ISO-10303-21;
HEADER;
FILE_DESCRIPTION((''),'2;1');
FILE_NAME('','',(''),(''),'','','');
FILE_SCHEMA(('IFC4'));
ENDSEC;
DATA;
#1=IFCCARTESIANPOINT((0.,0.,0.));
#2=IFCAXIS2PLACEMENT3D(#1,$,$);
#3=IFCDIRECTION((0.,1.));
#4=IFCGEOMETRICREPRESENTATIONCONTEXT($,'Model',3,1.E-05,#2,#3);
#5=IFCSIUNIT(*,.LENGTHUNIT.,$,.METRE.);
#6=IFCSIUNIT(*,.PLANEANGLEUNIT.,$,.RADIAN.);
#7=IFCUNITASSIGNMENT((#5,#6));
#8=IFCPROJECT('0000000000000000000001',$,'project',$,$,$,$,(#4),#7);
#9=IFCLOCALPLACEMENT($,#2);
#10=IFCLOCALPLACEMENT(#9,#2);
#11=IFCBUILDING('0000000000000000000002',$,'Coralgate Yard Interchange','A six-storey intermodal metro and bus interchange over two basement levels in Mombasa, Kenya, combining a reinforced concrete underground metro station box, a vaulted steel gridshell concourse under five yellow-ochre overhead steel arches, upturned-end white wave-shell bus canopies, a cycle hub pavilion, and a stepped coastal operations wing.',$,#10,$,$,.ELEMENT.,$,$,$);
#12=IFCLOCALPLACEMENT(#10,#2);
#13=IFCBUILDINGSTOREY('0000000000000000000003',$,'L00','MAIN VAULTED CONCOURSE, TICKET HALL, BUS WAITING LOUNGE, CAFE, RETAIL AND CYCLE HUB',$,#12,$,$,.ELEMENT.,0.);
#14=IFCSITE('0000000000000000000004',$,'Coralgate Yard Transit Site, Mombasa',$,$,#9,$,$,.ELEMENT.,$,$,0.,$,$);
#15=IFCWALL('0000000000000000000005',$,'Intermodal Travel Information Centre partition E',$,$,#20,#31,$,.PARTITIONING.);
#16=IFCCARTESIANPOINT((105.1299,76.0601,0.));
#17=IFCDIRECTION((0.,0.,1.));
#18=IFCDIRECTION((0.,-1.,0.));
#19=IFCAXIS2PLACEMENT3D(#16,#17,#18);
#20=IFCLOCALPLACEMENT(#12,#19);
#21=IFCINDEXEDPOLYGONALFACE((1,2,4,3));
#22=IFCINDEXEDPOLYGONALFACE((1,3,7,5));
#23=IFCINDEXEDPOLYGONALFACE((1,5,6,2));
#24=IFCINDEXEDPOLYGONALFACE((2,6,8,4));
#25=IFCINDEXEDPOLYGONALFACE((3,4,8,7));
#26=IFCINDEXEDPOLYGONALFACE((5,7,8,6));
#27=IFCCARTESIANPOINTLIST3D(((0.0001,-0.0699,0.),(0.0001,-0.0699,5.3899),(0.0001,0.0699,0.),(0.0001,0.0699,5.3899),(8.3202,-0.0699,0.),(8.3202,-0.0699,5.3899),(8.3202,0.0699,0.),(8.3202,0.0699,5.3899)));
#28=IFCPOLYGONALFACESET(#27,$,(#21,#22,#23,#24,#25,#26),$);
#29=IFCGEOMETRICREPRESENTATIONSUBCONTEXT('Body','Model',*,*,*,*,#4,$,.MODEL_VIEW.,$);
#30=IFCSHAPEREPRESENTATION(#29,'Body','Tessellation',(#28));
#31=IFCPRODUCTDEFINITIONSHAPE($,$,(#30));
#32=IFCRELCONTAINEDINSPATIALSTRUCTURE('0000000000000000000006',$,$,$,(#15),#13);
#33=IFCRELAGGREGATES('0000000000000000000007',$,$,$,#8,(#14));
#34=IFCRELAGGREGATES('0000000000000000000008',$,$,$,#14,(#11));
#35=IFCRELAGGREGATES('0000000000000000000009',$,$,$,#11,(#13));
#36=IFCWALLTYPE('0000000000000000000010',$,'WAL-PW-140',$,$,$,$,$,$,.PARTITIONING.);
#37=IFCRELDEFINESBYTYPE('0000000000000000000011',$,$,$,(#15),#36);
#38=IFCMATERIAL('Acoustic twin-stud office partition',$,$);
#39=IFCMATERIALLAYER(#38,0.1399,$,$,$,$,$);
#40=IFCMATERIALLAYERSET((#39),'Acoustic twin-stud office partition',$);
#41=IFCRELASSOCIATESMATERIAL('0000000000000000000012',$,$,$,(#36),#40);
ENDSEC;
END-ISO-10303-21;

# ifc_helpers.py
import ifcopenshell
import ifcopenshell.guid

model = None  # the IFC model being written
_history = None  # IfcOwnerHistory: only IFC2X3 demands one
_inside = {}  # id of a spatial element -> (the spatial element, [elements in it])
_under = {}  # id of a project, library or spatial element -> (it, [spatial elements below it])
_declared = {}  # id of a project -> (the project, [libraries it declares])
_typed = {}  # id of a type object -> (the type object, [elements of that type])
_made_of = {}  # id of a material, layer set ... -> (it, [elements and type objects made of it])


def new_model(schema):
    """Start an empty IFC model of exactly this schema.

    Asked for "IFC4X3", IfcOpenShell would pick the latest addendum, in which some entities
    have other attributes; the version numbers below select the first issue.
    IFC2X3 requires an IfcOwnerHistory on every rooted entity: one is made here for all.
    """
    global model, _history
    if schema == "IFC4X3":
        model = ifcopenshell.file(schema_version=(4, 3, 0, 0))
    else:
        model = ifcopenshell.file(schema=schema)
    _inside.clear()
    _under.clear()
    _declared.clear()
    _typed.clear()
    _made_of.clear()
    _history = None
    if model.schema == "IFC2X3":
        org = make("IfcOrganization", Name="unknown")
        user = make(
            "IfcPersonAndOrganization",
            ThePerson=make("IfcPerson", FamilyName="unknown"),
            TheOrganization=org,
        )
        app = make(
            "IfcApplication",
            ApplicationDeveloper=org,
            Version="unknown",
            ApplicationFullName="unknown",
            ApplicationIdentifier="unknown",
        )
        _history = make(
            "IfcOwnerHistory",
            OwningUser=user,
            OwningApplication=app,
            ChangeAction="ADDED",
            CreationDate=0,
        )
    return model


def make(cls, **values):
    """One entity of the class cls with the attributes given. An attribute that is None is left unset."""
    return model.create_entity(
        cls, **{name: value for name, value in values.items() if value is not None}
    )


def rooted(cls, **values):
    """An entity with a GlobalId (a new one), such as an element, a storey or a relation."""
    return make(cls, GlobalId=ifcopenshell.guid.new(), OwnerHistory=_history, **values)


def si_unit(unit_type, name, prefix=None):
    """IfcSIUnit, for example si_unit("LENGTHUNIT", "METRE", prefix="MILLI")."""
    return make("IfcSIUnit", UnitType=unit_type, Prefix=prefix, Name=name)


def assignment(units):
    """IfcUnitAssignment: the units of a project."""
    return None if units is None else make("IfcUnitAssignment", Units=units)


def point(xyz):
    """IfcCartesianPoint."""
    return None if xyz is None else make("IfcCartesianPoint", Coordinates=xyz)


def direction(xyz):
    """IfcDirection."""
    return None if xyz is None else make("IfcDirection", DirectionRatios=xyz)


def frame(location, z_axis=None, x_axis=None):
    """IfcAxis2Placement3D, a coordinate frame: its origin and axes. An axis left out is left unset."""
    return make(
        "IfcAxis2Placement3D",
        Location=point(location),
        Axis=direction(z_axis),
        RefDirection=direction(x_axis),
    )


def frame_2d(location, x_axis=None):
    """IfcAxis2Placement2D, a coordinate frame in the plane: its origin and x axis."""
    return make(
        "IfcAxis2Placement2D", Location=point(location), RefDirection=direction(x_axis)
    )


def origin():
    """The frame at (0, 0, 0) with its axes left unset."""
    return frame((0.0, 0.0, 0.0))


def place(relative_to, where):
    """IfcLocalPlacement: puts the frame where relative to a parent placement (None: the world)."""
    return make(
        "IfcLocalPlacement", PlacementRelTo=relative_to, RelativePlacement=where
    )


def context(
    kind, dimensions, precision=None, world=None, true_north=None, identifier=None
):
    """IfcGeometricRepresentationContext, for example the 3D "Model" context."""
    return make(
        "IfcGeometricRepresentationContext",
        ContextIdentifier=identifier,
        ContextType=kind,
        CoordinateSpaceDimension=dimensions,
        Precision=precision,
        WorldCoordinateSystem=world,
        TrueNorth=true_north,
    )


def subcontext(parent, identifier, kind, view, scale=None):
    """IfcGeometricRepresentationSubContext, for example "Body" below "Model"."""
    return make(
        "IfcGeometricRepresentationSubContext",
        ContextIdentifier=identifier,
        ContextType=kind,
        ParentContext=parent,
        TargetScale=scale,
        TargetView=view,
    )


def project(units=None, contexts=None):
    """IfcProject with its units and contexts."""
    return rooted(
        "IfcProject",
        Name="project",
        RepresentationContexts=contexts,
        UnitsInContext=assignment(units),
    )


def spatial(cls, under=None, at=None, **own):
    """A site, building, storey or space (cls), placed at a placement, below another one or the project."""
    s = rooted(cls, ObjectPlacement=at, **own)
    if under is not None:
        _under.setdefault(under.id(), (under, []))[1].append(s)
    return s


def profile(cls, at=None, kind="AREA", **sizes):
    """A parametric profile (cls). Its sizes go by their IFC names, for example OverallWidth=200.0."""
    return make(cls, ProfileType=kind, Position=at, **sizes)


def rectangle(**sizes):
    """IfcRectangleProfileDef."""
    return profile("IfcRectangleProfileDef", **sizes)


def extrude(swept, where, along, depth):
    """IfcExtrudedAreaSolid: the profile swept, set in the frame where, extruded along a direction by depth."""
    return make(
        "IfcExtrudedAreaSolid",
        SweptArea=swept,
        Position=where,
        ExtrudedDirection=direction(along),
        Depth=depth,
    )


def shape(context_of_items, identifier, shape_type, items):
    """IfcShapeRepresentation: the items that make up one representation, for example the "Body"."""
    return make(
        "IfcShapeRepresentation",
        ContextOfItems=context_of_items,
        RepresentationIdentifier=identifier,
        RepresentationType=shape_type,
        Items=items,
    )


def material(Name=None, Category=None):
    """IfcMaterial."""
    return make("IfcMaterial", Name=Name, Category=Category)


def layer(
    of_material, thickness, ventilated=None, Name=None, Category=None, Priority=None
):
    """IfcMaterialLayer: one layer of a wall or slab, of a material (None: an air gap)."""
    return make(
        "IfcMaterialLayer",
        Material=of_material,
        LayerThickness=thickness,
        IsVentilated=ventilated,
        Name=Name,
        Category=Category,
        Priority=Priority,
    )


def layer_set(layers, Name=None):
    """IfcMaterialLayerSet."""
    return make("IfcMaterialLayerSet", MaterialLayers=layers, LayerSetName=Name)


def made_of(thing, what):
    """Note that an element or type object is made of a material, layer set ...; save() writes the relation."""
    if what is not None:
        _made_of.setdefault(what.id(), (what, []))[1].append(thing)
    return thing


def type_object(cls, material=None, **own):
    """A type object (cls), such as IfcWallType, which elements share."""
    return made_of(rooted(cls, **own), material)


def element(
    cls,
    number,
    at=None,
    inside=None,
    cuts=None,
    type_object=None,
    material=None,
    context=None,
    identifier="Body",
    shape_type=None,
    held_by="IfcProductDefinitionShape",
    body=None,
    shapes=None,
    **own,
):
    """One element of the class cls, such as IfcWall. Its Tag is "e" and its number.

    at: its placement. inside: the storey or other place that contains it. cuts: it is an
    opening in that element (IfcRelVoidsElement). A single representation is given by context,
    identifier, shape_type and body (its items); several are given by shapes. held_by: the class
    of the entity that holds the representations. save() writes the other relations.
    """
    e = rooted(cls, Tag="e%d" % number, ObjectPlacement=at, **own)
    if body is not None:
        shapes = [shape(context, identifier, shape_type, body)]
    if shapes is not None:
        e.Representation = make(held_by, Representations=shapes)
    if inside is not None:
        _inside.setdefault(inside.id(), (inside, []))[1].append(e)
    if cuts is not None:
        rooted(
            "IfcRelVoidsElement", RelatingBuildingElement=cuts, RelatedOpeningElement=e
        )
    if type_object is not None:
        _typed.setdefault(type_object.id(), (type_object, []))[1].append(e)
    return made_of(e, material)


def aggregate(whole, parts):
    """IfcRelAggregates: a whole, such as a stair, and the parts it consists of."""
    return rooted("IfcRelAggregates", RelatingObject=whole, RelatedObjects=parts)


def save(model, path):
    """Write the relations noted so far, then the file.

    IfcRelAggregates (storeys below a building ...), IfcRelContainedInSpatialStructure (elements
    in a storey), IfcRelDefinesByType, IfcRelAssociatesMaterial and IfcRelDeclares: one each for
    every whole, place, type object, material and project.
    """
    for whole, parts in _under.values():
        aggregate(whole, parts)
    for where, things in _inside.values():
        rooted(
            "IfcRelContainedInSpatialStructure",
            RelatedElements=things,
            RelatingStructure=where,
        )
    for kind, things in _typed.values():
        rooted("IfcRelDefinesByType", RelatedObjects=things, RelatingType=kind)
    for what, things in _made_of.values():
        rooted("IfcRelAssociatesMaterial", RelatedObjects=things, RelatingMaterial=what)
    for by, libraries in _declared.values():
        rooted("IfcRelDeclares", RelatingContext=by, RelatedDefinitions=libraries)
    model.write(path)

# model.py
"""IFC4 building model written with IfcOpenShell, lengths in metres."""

from ifc_helpers import new_model, si_unit, direction, frame, frame_2d, origin, place, context, subcontext, project, spatial, rectangle, extrude, material, layer, layer_set, type_object, element, save


model = new_model("IFC4")

# Units and contexts
model_context = context("Model", 3, precision=1e-05, world=origin(), true_north=direction((0.0, 1.0)))
body_context = subcontext(model_context, "Body", "Model", "MODEL_VIEW")
ifc_project = project(units=[si_unit("LENGTHUNIT", "METRE"), si_unit("PLANEANGLEUNIT", "RADIAN")], contexts=[model_context])

# Site, building, storey
site_placement = place(None, origin())
site = spatial("IfcSite", under=ifc_project, at=site_placement, Name="Coralgate Yard Transit Site, Mombasa", CompositionType="ELEMENT", RefElevation=0.0)
building_placement = place(site_placement, origin())
building = spatial("IfcBuilding", under=site, at=building_placement, Name="Coralgate Yard Interchange", Description="A six-storey intermodal metro and bus interchange over two basement levels in Mombasa, Kenya, combining a reinforced concrete underground metro station box, a vaulted steel gridshell concourse under five yellow-ochre overhead steel arches, upturned-end white wave-shell bus canopies, a cycle hub pavilion, and a stepped coastal operations wing.", CompositionType="ELEMENT")
storey_placement = place(building_placement, origin())
storey = spatial("IfcBuildingStorey", under=building, at=storey_placement, Name="L00", Description="MAIN VAULTED CONCOURSE, TICKET HALL, BUS WAITING LOUNGE, CAFE, RETAIL AND CYCLE HUB", CompositionType="ELEMENT", Elevation=0.0)

# Wall
ifc_material_1 = material(Name="Acoustic twin-stud office partition")
ifc_layer_1 = layer(ifc_material_1, 0.1399)
ifc_layer_set_1 = layer_set([ifc_layer_1], Name="Acoustic twin-stud office partition")
wall_type_1 = type_object("IfcWallType", Name="WAL-PW-140", PredefinedType="PARTITIONING", material=ifc_layer_set_1)
wall_1_placement = place(storey_placement, frame((105.1299, 76.0601, 0.0), z_axis=(0.0, 0.0, 1.0), x_axis=(0.0, -1.0, 0.0)))
element("IfcWall", 1, at=wall_1_placement, inside=storey, type_object=wall_type_1, Name="Intermodal Travel Information Centre partition E", PredefinedType="PARTITIONING", context=body_context, shape_type="SweptSolid", body=[
    extrude(rectangle(XDim=8.3201, YDim=0.1399, at=frame_2d((4.1602, 0.0))), origin(), (0.0, 0.0, 1.0), 5.3899),
])

save(model, "model.ifc")
